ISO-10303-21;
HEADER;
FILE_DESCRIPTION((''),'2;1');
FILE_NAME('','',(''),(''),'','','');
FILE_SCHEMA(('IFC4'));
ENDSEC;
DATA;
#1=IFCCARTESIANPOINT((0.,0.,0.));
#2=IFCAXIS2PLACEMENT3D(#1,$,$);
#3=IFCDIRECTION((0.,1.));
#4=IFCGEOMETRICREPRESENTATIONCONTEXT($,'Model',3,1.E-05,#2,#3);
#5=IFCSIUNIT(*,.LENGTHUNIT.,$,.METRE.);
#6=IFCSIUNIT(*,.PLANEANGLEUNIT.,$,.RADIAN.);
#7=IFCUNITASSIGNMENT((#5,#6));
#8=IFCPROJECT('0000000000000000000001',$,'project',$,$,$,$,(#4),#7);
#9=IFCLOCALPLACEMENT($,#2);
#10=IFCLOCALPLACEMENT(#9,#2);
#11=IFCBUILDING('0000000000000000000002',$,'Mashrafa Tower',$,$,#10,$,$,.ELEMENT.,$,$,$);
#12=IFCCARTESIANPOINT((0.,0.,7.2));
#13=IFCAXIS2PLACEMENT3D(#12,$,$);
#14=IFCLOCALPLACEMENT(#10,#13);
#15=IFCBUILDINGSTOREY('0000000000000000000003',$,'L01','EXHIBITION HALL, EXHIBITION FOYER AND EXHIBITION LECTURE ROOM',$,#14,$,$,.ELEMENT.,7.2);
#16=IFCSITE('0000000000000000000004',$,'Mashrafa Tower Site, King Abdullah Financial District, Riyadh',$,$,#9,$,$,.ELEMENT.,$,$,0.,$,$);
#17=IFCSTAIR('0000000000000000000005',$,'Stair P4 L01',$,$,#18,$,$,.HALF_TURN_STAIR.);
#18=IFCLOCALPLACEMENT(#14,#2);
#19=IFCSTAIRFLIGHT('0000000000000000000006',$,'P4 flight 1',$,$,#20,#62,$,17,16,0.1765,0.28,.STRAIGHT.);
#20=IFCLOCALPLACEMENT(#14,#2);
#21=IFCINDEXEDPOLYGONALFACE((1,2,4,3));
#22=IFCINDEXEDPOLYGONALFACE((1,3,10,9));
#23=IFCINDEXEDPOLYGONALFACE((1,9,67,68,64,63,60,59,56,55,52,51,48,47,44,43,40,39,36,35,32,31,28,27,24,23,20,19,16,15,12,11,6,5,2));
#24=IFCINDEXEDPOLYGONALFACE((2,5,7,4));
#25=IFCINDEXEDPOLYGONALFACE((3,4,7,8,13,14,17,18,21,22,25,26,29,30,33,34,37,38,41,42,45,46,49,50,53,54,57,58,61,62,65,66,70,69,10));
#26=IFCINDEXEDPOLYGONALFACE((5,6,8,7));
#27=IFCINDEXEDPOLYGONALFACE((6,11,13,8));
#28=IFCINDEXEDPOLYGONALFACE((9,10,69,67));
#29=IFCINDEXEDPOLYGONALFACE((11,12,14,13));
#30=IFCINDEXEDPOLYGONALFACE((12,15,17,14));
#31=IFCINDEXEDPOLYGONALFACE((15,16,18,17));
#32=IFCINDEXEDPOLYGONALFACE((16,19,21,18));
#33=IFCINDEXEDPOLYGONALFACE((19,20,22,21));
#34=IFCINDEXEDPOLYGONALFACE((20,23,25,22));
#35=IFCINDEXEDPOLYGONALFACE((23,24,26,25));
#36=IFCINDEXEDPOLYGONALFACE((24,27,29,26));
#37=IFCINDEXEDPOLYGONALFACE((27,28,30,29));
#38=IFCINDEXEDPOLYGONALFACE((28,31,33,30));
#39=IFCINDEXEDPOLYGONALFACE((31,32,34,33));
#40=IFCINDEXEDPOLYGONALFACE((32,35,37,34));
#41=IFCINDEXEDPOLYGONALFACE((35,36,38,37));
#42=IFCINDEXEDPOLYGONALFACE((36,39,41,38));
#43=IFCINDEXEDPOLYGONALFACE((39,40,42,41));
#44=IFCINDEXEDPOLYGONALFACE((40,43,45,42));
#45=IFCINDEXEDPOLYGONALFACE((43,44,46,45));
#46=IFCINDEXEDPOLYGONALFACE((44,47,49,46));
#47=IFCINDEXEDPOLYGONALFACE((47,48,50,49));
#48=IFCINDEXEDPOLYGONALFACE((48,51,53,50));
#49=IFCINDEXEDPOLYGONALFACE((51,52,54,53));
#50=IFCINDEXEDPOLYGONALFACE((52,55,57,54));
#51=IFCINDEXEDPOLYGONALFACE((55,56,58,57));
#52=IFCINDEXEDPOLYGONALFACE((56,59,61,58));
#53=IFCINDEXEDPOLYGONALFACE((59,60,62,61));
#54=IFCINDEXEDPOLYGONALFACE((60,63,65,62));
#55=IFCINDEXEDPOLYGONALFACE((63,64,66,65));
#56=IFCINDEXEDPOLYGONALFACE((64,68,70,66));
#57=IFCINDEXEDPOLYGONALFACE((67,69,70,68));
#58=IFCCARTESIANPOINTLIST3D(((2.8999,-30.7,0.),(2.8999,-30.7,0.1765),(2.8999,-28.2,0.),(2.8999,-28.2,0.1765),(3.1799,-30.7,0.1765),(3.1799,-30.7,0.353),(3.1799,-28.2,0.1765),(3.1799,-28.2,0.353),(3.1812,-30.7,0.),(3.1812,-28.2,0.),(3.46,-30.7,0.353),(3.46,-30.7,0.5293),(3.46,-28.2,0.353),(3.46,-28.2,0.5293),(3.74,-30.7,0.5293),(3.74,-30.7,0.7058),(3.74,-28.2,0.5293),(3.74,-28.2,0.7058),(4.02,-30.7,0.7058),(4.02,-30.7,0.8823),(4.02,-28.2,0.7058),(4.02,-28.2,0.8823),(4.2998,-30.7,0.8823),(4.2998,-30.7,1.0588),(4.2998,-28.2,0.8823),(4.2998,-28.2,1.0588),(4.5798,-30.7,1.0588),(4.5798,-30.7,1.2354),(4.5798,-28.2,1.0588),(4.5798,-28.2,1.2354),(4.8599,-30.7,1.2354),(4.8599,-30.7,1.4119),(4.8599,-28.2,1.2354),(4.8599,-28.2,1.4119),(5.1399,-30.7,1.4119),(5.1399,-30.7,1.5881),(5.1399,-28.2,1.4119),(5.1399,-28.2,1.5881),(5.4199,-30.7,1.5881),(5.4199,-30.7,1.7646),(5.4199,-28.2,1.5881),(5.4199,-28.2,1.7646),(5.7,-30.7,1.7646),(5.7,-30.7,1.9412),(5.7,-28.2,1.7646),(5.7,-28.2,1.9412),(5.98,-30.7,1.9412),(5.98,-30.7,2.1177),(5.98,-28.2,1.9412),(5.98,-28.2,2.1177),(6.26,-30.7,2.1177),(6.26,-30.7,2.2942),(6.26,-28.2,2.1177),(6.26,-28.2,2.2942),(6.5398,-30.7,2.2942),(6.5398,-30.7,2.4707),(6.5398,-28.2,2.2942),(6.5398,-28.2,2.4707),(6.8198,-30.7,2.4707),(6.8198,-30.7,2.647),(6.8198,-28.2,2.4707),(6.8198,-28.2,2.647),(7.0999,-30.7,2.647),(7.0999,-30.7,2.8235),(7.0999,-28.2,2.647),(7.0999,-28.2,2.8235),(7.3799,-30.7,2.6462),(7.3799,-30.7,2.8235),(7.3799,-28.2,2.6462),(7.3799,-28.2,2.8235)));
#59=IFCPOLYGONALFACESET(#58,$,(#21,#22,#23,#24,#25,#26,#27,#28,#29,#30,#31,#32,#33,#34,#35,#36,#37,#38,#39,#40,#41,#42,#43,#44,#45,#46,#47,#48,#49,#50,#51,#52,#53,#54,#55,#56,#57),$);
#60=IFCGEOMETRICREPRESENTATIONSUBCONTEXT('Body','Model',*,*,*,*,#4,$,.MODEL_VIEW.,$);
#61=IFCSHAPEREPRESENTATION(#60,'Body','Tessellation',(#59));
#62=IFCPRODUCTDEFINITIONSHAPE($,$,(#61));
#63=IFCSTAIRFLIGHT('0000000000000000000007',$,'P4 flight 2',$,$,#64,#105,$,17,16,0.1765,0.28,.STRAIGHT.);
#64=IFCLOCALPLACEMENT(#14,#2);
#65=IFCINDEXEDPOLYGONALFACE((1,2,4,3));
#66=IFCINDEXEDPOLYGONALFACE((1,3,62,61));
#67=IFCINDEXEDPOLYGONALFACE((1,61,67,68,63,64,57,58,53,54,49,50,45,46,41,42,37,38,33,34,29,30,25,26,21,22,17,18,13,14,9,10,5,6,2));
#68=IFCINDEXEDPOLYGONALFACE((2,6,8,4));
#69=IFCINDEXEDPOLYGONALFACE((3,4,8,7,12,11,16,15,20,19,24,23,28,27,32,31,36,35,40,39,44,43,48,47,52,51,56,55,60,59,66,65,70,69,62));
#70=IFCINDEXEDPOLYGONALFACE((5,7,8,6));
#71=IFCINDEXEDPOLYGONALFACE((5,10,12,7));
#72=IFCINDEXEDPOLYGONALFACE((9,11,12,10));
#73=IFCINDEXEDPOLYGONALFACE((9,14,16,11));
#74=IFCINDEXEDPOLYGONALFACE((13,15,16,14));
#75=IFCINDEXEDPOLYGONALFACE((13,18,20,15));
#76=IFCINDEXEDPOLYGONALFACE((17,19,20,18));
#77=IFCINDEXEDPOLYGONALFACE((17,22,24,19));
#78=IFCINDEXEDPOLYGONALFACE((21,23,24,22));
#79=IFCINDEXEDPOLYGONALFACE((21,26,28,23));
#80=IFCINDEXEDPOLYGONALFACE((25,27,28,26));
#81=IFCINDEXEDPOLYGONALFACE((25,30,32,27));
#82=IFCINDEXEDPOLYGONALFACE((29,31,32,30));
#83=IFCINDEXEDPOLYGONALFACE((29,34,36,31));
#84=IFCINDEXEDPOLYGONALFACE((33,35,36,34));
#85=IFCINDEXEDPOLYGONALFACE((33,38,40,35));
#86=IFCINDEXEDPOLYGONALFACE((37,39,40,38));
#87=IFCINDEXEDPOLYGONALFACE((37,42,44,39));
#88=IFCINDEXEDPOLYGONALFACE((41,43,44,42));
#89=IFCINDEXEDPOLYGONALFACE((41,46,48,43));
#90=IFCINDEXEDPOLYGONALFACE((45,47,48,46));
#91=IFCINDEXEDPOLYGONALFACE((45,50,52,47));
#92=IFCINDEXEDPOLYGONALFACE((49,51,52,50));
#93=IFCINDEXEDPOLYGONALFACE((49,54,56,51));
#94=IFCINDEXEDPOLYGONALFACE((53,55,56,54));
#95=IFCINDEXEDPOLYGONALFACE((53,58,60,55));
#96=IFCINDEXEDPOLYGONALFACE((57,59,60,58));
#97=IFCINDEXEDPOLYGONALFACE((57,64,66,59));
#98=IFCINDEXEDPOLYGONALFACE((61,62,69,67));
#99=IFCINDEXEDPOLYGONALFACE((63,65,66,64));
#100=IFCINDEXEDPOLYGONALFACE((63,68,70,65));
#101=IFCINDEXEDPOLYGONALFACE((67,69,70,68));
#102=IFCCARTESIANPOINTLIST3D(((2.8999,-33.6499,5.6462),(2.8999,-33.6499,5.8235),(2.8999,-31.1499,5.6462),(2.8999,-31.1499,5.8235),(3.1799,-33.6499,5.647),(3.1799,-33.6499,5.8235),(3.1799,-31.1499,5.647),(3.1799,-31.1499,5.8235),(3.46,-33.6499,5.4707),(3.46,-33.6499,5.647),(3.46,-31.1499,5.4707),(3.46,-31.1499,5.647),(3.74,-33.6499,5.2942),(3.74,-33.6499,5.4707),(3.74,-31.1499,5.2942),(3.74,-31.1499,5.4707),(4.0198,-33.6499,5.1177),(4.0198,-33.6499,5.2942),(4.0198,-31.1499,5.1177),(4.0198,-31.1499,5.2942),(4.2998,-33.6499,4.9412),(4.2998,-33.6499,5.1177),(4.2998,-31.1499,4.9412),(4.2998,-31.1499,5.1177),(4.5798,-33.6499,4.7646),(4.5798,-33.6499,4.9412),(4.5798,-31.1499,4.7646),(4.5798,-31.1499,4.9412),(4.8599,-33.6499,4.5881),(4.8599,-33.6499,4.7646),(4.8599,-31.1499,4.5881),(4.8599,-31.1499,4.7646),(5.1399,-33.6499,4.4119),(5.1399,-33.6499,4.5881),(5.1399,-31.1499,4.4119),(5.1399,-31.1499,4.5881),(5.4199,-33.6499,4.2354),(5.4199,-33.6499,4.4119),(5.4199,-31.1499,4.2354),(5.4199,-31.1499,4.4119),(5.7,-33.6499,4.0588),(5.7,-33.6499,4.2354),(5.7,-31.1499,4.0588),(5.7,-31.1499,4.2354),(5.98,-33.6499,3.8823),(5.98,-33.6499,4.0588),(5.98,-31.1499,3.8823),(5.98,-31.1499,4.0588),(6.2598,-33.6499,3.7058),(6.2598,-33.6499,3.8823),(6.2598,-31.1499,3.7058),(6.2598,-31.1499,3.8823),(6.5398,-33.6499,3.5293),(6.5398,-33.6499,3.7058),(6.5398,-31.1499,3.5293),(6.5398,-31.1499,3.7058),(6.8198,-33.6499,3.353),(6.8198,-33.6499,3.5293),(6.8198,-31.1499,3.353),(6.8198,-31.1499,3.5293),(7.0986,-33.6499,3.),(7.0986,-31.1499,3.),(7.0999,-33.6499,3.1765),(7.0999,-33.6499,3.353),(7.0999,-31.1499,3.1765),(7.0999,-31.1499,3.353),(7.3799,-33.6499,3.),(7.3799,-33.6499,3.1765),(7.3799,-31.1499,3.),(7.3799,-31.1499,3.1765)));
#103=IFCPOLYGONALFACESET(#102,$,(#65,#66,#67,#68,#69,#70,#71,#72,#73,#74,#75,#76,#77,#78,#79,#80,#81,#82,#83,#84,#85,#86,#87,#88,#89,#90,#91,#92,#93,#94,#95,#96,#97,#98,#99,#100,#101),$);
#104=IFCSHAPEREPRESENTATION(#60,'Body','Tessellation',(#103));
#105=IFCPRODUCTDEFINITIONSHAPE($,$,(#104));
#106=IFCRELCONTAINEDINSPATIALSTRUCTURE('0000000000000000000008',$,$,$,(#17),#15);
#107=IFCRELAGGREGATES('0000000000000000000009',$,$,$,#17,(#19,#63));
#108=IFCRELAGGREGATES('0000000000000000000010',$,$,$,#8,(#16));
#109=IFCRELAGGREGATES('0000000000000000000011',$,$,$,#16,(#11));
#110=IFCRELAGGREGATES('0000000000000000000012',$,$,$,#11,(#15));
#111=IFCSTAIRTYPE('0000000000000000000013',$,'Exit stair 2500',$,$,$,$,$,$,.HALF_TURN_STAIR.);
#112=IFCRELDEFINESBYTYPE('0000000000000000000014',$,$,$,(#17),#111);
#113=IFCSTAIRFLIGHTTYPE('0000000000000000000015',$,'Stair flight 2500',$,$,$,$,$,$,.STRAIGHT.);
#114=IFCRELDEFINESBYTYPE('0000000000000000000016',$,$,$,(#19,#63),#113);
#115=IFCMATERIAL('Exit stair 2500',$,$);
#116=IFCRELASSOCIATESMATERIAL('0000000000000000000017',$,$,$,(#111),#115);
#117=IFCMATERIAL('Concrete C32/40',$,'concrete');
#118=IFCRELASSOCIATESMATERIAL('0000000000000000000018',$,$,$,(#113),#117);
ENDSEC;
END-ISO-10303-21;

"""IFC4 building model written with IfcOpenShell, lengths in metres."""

from ifc_helpers import new_model, si_unit, direction, frame, origin, place, context, subcontext, project, spatial, polyline, outline, extrude, material, type_object, element, aggregate, save


model = new_model("IFC4")

# Units and contexts
model_context = context("Model", 3, precision=1e-05, world=origin(), true_north=direction((0.0, 1.0)))
body_context = subcontext(model_context, "Body", "Model", "MODEL_VIEW")
ifc_project = project(units=[si_unit("LENGTHUNIT", "METRE"), si_unit("PLANEANGLEUNIT", "RADIAN")], contexts=[model_context])

# Site, building, storey
site_placement = place(None, origin())
site = spatial("IfcSite", under=ifc_project, at=site_placement, Name="Mashrafa Tower Site, King Abdullah Financial District, Riyadh", CompositionType="ELEMENT", RefElevation=0.0)
building_placement = place(site_placement, origin())
building = spatial("IfcBuilding", under=site, at=building_placement, Name="Mashrafa Tower", CompositionType="ELEMENT")
storey_placement = place(building_placement, frame((0.0, 0.0, 7.2)))
storey = spatial("IfcBuildingStorey", under=building, at=storey_placement, Name="L01", Description="EXHIBITION HALL, EXHIBITION FOYER AND EXHIBITION LECTURE ROOM", CompositionType="ELEMENT", Elevation=7.2)

# Stair, stair flights
ifc_material_1 = material(Name="Exit stair 2500")
stair_type = type_object("IfcStairType", Name="Exit stair 2500", PredefinedType="HALF_TURN_STAIR", material=ifc_material_1)
stair_placement = place(storey_placement, origin())
stair = element("IfcStair", 1, at=stair_placement, inside=storey, type_object=stair_type, Name="Stair P4 L01", PredefinedType="HALF_TURN_STAIR")
ifc_material_2 = material(Name="Concrete C32/40", Category="concrete")
stair_flight_type = type_object("IfcStairFlightType", Name="Stair flight 2500", PredefinedType="STRAIGHT", material=ifc_material_2)
stair_flight_1_placement = place(storey_placement, frame((2.8999, -29.45, 0.0), z_axis=(0.0, 0.0, 1.0), x_axis=(1.0, 0.0, 0.0)))
stair_flight_1 = element("IfcStairFlight", 2, at=stair_flight_1_placement, type_object=stair_flight_type, Name="P4 flight 1", NumberOfRisers=17, NumberOfTreads=16, PredefinedType="STRAIGHT", RiserHeight=0.1765, TreadLength=0.28, context=body_context, shape_type="SweptSolid", body=[
    extrude(outline(polyline([(0.0, 0.0), (0.0, 0.1765), (0.28, 0.1765), (0.28, 0.353), (0.5601, 0.353), (0.5601, 0.5293), (0.8401, 0.5293), (0.8401, 0.7058), (1.1201, 0.7058), (1.1201, 0.8823), (1.3999, 0.8823), (1.3999, 1.0588), (1.6799, 1.0588), (1.6799, 1.2354), (1.96, 1.2354), (1.96, 1.4119), (2.24, 1.4119), (2.24, 1.5881), (2.52, 1.5881), (2.52, 1.7646), (2.8, 1.7646), (2.8, 1.9412), (3.0801, 1.9412), (3.0801, 2.1177), (3.3601, 2.1177), (3.3601, 2.2942), (3.6399, 2.2942), (3.6399, 2.4707), (3.9199, 2.4707), (3.9199, 2.647), (4.2, 2.647), (4.2, 2.8235), (4.48, 2.8235), (4.48, 3.0), (4.48, 2.6462), (0.2812, 0.0), (0.0, 0.0)])), frame((0.0, 1.25, 0.0), z_axis=(0.0, -1.0, 0.0), x_axis=(1.0, 0.0, 0.0)), (0.0, 0.0, 1.0), 2.5),
])
stair_flight_2_placement = place(storey_placement, frame((7.3799, -32.3999, 3.0), z_axis=(0.0, 0.0, 1.0), x_axis=(-1.0, 0.0, 0.0)))
stair_flight_2 = element("IfcStairFlight", 3, at=stair_flight_2_placement, type_object=stair_flight_type, Name="P4 flight 2", NumberOfRisers=17, NumberOfTreads=16, PredefinedType="STRAIGHT", RiserHeight=0.1765, TreadLength=0.28, context=body_context, shape_type="SweptSolid", body=[
    extrude(outline(polyline([(0.0, 0.0), (0.0, 0.1765), (0.28, 0.1765), (0.28, 0.353), (0.5601, 0.353), (0.5601, 0.5293), (0.8401, 0.5293), (0.8401, 0.7058), (1.1201, 0.7058), (1.1201, 0.8823), (1.3999, 0.8823), (1.3999, 1.0588), (1.6799, 1.0588), (1.6799, 1.2354), (1.96, 1.2354), (1.96, 1.4119), (2.24, 1.4119), (2.24, 1.5881), (2.52, 1.5881), (2.52, 1.7646), (2.8, 1.7646), (2.8, 1.9412), (3.0801, 1.9412), (3.0801, 2.1177), (3.3601, 2.1177), (3.3601, 2.2942), (3.6399, 2.2942), (3.6399, 2.4707), (3.9199, 2.4707), (3.9199, 2.647), (4.2, 2.647), (4.2, 2.8235), (4.48, 2.8235), (4.48, 3.0), (4.48, 2.6462), (0.2812, 0.0), (0.0, 0.0)])), frame((0.0, 1.25, 0.0), z_axis=(0.0, -1.0, 0.0), x_axis=(1.0, 0.0, 0.0)), (0.0, 0.0, 1.0), 2.5),
])
aggregate(stair, [stair_flight_1, stair_flight_2])

save(model, "model.ifc")
